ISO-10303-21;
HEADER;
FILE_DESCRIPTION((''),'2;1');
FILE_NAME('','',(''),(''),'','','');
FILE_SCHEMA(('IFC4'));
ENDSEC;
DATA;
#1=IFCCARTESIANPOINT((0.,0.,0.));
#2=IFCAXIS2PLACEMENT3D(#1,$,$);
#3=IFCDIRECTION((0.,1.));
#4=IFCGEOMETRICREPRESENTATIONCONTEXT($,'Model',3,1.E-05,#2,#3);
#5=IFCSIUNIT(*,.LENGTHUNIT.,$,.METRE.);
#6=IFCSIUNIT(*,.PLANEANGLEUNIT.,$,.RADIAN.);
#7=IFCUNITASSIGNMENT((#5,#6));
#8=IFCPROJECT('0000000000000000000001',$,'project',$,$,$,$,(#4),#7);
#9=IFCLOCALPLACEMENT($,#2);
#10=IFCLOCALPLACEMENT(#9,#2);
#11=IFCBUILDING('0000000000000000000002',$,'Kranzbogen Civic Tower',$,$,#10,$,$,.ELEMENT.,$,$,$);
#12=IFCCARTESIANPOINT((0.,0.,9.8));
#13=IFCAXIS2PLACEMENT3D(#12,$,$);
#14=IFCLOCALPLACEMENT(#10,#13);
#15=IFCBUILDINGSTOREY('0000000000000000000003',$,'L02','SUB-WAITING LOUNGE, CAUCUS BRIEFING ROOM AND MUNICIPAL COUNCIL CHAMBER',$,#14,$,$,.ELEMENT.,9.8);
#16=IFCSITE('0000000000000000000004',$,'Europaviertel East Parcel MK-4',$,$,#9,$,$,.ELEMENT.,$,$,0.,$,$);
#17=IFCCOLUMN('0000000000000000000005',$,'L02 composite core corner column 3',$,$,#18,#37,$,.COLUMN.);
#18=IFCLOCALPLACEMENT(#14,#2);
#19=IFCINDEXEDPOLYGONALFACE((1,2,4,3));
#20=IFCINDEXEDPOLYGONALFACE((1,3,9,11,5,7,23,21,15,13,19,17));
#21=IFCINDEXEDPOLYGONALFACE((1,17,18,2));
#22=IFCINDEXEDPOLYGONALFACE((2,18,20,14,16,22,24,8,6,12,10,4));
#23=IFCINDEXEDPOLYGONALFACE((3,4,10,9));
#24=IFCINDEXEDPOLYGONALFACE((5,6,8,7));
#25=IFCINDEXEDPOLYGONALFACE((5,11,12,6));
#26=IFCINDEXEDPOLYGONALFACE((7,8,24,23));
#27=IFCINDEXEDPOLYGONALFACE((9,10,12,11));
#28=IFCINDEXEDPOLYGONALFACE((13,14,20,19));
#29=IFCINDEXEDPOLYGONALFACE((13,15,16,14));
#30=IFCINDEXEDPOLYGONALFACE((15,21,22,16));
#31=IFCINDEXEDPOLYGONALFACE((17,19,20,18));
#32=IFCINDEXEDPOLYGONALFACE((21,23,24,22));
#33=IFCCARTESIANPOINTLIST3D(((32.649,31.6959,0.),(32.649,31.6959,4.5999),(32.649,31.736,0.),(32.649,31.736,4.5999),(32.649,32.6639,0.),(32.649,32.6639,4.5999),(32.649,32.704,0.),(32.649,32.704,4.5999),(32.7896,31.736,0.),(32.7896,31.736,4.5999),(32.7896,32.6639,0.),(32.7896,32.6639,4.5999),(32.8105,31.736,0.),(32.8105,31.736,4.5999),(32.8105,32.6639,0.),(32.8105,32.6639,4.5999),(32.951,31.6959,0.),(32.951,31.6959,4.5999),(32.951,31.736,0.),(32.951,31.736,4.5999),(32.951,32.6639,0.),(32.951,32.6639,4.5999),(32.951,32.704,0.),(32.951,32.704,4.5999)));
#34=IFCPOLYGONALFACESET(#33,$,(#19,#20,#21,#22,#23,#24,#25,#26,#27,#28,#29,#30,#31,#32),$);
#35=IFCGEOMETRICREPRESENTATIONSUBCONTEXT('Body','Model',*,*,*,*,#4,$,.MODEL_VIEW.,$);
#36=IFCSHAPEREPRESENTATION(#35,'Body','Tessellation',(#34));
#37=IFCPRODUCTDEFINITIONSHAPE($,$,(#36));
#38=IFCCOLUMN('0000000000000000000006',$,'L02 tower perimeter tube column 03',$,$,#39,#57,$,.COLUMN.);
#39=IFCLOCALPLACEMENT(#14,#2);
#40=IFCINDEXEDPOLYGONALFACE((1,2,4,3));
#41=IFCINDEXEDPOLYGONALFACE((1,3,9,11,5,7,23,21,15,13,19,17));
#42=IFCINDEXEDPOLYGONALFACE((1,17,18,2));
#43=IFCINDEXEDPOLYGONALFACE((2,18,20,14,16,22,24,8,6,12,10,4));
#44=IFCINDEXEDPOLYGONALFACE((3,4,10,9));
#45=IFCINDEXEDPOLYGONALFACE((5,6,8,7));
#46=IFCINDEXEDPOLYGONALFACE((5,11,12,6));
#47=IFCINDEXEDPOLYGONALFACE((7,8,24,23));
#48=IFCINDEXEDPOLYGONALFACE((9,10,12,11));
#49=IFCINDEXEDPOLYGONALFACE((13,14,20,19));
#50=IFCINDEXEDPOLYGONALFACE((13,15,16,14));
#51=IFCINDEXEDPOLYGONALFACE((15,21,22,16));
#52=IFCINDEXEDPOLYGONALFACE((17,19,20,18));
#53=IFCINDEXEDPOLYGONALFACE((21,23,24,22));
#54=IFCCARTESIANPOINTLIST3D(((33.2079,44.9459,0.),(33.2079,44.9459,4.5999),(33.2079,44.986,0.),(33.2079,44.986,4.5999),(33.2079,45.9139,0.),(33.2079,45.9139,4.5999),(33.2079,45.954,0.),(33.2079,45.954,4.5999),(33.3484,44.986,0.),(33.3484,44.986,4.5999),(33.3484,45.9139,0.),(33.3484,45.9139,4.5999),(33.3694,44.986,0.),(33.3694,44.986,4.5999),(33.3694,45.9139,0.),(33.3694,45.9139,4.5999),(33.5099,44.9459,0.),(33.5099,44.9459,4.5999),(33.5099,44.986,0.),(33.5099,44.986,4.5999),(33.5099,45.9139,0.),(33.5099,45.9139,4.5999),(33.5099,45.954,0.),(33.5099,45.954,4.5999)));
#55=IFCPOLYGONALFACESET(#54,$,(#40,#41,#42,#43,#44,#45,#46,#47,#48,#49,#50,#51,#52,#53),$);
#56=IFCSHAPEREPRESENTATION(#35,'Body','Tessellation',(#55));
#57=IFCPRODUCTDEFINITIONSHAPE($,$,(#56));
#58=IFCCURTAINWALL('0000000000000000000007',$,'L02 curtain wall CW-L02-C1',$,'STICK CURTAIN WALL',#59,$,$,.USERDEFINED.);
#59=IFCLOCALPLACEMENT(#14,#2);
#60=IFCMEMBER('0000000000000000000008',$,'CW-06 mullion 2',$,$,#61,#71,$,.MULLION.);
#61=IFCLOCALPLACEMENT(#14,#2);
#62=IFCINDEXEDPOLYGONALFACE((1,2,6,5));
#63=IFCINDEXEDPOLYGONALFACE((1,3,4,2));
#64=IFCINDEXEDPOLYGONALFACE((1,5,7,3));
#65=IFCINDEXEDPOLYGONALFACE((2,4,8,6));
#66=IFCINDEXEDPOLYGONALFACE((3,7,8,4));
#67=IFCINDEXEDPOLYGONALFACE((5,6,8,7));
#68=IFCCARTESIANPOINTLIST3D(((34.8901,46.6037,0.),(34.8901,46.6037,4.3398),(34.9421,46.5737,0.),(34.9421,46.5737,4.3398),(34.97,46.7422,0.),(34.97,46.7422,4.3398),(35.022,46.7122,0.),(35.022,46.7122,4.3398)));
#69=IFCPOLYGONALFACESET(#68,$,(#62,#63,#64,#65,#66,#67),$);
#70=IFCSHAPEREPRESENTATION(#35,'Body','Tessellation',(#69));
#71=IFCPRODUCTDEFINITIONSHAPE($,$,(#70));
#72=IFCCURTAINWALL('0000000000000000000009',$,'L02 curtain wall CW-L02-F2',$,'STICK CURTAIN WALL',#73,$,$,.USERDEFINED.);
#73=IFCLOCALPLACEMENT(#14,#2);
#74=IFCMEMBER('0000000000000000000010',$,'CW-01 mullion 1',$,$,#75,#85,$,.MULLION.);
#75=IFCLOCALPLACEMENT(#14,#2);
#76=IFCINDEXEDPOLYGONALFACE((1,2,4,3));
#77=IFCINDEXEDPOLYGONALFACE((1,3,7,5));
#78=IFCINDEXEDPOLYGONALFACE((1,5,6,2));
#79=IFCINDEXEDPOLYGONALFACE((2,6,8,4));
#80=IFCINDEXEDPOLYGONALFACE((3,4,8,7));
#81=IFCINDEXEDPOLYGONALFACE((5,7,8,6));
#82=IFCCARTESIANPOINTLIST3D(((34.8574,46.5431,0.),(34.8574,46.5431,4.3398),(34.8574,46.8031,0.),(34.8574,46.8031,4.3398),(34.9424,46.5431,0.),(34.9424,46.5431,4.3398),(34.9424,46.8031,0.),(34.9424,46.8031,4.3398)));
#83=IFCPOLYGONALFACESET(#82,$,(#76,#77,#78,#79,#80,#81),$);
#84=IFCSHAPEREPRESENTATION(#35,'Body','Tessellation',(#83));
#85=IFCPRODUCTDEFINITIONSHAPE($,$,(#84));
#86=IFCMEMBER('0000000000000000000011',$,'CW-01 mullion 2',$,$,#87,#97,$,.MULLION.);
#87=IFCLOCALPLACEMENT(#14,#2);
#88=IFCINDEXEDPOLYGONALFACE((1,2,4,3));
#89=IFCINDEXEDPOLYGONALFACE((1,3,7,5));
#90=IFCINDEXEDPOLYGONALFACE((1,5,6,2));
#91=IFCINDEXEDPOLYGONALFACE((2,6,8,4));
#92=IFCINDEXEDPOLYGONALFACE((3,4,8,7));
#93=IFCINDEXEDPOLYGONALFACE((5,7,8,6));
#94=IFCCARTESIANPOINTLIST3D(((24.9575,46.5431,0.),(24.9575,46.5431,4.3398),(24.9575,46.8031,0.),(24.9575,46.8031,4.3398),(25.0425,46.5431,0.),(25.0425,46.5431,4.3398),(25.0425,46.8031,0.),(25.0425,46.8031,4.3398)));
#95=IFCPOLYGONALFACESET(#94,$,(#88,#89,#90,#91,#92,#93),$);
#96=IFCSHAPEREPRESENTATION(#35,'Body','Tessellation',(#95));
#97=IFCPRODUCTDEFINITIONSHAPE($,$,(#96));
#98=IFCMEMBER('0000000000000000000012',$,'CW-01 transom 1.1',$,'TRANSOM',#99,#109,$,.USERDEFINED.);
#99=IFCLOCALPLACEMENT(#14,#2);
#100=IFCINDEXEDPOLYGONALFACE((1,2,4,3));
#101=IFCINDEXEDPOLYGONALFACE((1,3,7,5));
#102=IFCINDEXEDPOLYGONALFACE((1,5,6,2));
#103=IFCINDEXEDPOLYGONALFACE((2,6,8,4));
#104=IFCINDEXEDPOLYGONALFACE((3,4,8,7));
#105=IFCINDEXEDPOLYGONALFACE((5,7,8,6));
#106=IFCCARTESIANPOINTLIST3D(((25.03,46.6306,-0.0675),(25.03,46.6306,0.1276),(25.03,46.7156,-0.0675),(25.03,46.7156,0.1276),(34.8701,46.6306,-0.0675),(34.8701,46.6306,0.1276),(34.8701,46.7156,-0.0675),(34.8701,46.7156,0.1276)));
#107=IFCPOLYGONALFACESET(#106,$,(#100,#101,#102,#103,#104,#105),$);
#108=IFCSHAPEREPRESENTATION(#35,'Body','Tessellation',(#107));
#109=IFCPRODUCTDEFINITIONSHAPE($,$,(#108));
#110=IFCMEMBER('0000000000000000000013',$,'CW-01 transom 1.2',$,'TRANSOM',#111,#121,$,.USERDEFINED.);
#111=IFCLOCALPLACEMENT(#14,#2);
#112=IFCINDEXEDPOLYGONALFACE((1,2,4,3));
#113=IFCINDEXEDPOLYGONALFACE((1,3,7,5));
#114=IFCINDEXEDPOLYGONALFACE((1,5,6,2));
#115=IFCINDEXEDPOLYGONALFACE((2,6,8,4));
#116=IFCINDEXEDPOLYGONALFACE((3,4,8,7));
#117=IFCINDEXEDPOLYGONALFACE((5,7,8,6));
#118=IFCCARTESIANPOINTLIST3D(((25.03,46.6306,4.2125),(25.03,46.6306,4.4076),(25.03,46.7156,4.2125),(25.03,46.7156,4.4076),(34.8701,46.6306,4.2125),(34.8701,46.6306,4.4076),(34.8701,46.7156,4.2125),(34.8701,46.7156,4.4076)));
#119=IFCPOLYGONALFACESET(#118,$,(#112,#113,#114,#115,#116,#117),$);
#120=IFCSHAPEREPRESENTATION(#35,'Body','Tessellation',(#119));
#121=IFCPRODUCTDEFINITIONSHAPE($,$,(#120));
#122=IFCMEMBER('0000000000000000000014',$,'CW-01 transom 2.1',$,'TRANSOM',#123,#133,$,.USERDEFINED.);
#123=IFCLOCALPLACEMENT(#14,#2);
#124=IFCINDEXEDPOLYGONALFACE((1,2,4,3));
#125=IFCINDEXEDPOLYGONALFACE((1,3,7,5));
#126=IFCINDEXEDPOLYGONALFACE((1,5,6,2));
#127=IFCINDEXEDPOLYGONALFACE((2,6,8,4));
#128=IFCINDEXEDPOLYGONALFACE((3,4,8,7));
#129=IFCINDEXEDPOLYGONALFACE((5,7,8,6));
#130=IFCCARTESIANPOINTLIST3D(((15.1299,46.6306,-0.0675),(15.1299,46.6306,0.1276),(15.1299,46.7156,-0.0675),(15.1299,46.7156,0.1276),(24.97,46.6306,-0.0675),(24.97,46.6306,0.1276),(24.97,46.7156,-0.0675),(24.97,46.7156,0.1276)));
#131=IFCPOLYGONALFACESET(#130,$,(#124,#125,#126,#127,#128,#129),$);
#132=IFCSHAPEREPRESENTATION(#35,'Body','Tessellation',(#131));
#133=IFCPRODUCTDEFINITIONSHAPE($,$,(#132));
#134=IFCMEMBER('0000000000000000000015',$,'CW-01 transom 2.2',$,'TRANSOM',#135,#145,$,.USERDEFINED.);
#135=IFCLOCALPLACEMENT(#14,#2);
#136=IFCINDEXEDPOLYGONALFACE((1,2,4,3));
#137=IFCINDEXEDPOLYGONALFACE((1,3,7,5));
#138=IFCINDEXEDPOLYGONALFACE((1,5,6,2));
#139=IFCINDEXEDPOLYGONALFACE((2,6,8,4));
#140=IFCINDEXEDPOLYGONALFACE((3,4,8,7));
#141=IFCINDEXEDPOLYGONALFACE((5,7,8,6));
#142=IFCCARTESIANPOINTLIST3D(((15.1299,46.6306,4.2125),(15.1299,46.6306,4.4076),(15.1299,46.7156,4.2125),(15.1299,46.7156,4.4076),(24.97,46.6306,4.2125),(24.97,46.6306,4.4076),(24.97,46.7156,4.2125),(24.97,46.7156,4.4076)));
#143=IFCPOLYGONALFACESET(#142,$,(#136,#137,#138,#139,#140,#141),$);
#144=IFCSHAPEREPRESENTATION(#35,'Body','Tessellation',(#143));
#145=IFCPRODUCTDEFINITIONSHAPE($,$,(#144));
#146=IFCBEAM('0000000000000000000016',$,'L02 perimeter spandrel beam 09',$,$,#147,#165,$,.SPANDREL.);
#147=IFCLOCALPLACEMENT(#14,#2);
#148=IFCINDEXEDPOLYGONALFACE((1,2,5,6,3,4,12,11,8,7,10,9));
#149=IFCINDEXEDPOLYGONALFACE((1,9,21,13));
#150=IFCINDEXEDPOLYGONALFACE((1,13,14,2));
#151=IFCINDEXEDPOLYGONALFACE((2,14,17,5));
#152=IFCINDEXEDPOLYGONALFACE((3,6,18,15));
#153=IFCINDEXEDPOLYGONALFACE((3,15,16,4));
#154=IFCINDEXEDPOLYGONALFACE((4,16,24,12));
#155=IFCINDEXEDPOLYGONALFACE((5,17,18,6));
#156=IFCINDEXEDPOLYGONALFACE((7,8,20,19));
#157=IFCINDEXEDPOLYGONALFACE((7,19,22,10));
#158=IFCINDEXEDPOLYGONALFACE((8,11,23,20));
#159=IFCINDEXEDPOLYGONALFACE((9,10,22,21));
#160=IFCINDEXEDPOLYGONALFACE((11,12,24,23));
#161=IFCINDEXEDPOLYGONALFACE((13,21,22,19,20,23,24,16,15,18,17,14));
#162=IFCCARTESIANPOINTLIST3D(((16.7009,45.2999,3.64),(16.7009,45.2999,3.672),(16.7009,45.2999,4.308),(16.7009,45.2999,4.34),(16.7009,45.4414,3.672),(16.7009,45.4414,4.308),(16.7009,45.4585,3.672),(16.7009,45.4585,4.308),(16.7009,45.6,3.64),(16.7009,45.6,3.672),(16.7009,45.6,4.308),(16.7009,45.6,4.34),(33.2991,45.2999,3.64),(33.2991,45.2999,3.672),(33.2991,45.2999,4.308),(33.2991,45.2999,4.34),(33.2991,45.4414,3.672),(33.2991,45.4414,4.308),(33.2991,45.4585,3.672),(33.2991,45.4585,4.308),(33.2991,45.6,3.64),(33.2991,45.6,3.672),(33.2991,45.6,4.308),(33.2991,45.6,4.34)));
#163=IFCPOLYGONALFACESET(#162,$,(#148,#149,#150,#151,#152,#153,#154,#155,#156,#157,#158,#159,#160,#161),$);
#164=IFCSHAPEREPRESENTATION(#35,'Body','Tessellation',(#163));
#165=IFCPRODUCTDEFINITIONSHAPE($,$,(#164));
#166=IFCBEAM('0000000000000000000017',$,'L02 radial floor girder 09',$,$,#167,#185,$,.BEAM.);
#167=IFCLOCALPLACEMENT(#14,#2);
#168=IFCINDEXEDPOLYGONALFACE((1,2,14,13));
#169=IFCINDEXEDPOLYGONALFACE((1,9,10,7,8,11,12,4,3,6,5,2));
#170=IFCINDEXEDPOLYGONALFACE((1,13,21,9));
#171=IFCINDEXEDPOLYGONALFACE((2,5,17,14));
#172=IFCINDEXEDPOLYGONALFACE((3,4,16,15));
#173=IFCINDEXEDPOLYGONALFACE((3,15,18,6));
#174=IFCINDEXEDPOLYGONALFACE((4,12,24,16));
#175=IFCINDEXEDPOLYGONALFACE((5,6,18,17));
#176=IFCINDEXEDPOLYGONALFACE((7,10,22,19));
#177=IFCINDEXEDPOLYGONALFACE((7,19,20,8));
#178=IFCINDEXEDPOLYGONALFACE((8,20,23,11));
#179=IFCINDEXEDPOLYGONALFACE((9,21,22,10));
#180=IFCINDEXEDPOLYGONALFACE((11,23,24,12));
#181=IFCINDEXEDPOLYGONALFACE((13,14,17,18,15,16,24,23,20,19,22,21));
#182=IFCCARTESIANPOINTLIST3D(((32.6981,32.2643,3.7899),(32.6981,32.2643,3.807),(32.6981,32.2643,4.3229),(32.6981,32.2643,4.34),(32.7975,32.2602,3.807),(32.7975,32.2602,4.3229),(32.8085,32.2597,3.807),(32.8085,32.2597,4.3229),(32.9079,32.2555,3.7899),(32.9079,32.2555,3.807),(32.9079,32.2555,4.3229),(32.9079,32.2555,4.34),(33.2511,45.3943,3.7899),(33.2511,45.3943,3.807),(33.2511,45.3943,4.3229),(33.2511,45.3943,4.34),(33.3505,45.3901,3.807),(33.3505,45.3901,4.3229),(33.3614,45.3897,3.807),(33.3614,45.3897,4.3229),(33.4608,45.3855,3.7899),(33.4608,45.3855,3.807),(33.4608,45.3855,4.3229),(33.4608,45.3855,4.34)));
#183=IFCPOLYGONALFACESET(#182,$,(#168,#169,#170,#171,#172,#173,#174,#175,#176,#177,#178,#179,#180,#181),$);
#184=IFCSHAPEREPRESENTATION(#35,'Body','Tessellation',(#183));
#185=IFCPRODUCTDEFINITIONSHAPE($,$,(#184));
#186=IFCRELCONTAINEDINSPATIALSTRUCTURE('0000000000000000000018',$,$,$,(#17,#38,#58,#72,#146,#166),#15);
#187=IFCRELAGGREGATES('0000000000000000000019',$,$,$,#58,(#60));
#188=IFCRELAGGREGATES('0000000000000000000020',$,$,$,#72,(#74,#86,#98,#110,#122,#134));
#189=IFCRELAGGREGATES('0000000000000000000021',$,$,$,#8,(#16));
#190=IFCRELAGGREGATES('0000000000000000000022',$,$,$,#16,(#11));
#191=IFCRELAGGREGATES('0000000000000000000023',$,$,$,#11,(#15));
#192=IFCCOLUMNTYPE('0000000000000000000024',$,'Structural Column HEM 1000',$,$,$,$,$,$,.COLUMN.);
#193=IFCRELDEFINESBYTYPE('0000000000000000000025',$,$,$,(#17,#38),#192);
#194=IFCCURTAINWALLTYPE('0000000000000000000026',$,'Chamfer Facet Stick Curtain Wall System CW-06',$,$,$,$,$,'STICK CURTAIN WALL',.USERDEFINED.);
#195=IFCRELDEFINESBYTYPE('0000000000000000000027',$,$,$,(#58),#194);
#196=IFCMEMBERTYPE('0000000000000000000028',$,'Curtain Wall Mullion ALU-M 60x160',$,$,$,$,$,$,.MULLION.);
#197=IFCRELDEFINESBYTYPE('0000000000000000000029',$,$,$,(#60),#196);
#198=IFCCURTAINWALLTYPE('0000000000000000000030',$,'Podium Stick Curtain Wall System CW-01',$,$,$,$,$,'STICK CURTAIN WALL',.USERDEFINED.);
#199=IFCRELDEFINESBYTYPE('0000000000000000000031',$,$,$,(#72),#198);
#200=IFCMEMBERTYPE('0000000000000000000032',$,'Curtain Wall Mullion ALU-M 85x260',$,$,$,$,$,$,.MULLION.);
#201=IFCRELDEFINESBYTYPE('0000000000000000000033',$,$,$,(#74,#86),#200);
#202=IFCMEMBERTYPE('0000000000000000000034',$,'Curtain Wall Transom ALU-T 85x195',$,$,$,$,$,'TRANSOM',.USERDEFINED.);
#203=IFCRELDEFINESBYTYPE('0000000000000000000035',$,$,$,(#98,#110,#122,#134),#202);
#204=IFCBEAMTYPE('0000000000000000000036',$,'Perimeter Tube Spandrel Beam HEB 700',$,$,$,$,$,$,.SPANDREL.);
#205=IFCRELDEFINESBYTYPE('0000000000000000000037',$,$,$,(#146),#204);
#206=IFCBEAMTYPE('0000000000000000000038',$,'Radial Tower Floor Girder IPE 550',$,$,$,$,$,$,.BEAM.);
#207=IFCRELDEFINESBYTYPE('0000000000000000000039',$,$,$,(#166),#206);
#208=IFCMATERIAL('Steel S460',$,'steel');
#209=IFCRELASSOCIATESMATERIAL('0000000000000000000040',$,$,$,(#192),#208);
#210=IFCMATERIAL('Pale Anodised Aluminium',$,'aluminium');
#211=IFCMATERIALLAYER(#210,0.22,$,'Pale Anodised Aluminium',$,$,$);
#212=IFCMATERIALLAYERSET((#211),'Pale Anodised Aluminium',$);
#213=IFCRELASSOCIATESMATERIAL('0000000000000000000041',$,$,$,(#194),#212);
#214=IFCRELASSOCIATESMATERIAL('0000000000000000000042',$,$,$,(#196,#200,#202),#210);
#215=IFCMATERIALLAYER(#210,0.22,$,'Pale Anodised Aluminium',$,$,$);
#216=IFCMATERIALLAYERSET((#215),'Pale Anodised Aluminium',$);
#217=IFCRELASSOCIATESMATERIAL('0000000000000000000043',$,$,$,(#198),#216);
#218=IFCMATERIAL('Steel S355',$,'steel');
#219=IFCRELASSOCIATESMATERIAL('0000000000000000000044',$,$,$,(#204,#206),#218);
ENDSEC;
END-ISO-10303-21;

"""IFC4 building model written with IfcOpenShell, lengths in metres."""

from ifc_helpers import new_model, si_unit, direction, frame, origin, origin_2d, place, context, subcontext, project, spatial, rectangle, i_section, extrude, material, layer, layer_set, material_profile, profile_set, type_object, element, aggregate, save


model = new_model("IFC4")

# Units and contexts
model_context = context("Model", 3, precision=1e-05, world=origin(), true_north=direction((0.0, 1.0)))
body_context = subcontext(model_context, "Body", "Model", "MODEL_VIEW")
ifc_project = project(units=[si_unit("LENGTHUNIT", "METRE"), si_unit("PLANEANGLEUNIT", "RADIAN")], contexts=[model_context])

# Site, building, storey
site_placement = place(None, origin())
site = spatial("IfcSite", under=ifc_project, at=site_placement, Name="Europaviertel East Parcel MK-4", CompositionType="ELEMENT", RefElevation=0.0)
building_placement = place(site_placement, origin())
building = spatial("IfcBuilding", under=site, at=building_placement, Name="Kranzbogen Civic Tower", CompositionType="ELEMENT")
storey_placement = place(building_placement, frame((0.0, 0.0, 9.8)))
storey = spatial("IfcBuildingStorey", under=building, at=storey_placement, Name="L02", Description="SUB-WAITING LOUNGE, CAUCUS BRIEFING ROOM AND MUNICIPAL COUNCIL CHAMBER", CompositionType="ELEMENT", Elevation=9.8)

# Columns
ifc_material_1 = material(Name="Steel S460", Category="steel")
ifc_material_profile_1 = material_profile(ifc_material_1, i_section(OverallWidth=0.302, OverallDepth=1.0081, WebThickness=0.021, FlangeThickness=0.04, at=origin_2d()), Name="HEM 1000")
ifc_profile_set_1 = profile_set([ifc_material_profile_1], Name="Steel S460")
column_type = type_object("IfcColumnType", Name="Structural Column HEM 1000", PredefinedType="COLUMN", material=ifc_profile_set_1)
for number, where, z_axis, x_axis, name in (
    (1, (32.8, 32.2, 0.0), (0.0, 0.0, 1.0), (1.0, 0.0, 0.0), "L02 composite core corner column 3"),
    (2, (33.3589, 45.45, 0.0), (0.0, 0.0, 1.0), (1.0, 0.0, 0.0), "L02 tower perimeter tube column 03"),
):
    element("IfcColumn", number, at=place(storey_placement, frame(where, z_axis=z_axis, x_axis=x_axis)), inside=storey, type_object=column_type, Name=name, PredefinedType="COLUMN", context=body_context, shape_type="SweptSolid", body=[
        extrude(i_section(OverallWidth=0.302, OverallDepth=1.0081, WebThickness=0.021, FlangeThickness=0.04, at=origin_2d()), origin(), (0.0, 0.0, 1.0), 4.5999),
    ])

# Curtain wall, member
ifc_material_2 = material(Name="Pale Anodised Aluminium", Category="aluminium")
ifc_layer_1 = layer(ifc_material_2, 0.22, Name="Pale Anodised Aluminium")
ifc_layer_set_1 = layer_set([ifc_layer_1], Name="Pale Anodised Aluminium")
curtain_wall_type_1 = type_object("IfcCurtainWallType", Name="Chamfer Facet Stick Curtain Wall System CW-06", ElementType="STICK CURTAIN WALL", PredefinedType="USERDEFINED", material=ifc_layer_set_1)
curtain_wall_1_placement = place(storey_placement, origin())
curtain_wall_1 = element("IfcCurtainWall", 3, at=curtain_wall_1_placement, inside=storey, type_object=curtain_wall_type_1, Name="L02 curtain wall CW-L02-C1", ObjectType="STICK CURTAIN WALL", PredefinedType="USERDEFINED")
ifc_material_profile_2 = material_profile(ifc_material_2, rectangle(XDim=0.0601, YDim=0.1599, at=origin_2d()), Name="ALU-M 60x160")
ifc_profile_set_2 = profile_set([ifc_material_profile_2], Name="Pale Anodised Aluminium")
member_type_1 = type_object("IfcMemberType", Name="Curtain Wall Mullion ALU-M 60x160", PredefinedType="MULLION", material=ifc_profile_set_2)
member_1_placement = place(storey_placement, frame((34.9561, 46.658, 0.0), z_axis=(0.0, 0.0, 1.0), x_axis=(-0.865992, 0.500058, 0.0)))
member_1 = element("IfcMember", 4, at=member_1_placement, type_object=member_type_1, Name="CW-06 mullion 2", PredefinedType="MULLION", context=body_context, shape_type="SweptSolid", body=[
    extrude(rectangle(XDim=0.0601, YDim=0.1599, at=origin_2d()), origin(), (0.0, 0.0, 1.0), 4.3398),
])
aggregate(curtain_wall_1, [member_1])

# Curtain wall, members
ifc_layer_2 = layer(ifc_material_2, 0.22, Name="Pale Anodised Aluminium")
ifc_layer_set_2 = layer_set([ifc_layer_2], Name="Pale Anodised Aluminium")
curtain_wall_type_2 = type_object("IfcCurtainWallType", Name="Podium Stick Curtain Wall System CW-01", ElementType="STICK CURTAIN WALL", PredefinedType="USERDEFINED", material=ifc_layer_set_2)
curtain_wall_2_placement = place(storey_placement, origin())
curtain_wall_2 = element("IfcCurtainWall", 5, at=curtain_wall_2_placement, inside=storey, type_object=curtain_wall_type_2, Name="L02 curtain wall CW-L02-F2", ObjectType="STICK CURTAIN WALL", PredefinedType="USERDEFINED")
ifc_material_profile_3 = material_profile(ifc_material_2, rectangle(XDim=0.085, YDim=0.26, at=origin_2d()), Name="ALU-M 85x260")
ifc_profile_set_3 = profile_set([ifc_material_profile_3], Name="Pale Anodised Aluminium")
member_type_2 = type_object("IfcMemberType", Name="Curtain Wall Mullion ALU-M 85x260", PredefinedType="MULLION", material=ifc_profile_set_3)
member_2_placement = place(storey_placement, frame((34.8999, 46.6731, 0.0), z_axis=(0.0, 0.0, 1.0), x_axis=(-1.0, 0.0, 0.0)))
member_2 = element("IfcMember", 6, at=member_2_placement, type_object=member_type_2, Name="CW-01 mullion 1", PredefinedType="MULLION", context=body_context, shape_type="SweptSolid", body=[
    extrude(rectangle(XDim=0.085, YDim=0.26, at=origin_2d()), origin(), (0.0, 0.0, 1.0), 4.3398),
])
member_3_placement = place(storey_placement, frame((25.0, 46.6731, 0.0), z_axis=(0.0, 0.0, 1.0), x_axis=(-1.0, 0.0, 0.0)))
member_3 = element("IfcMember", 7, at=member_3_placement, type_object=member_type_2, Name="CW-01 mullion 2", PredefinedType="MULLION", context=body_context, shape_type="SweptSolid", body=[
    extrude(rectangle(XDim=0.085, YDim=0.26, at=origin_2d()), origin(), (0.0, 0.0, 1.0), 4.3398),
])
ifc_material_profile_4 = material_profile(ifc_material_2, rectangle(XDim=0.085, YDim=0.1951, at=origin_2d()), Name="ALU-T 85x195")
ifc_profile_set_4 = profile_set([ifc_material_profile_4], Name="Pale Anodised Aluminium")
member_type_3 = type_object("IfcMemberType", Name="Curtain Wall Transom ALU-T 85x195", ElementType="TRANSOM", PredefinedType="USERDEFINED", material=ifc_profile_set_4)
member_4_placement = place(storey_placement, frame((34.8701, 46.6731, 0.03), z_axis=(-1.0, 0.0, 0.0), x_axis=(0.0, -1.0, 0.0)))
member_4 = element("IfcMember", 8, at=member_4_placement, type_object=member_type_3, Name="CW-01 transom 1.1", ObjectType="TRANSOM", PredefinedType="USERDEFINED", context=body_context, shape_type="SweptSolid", body=[
    extrude(rectangle(XDim=0.085, YDim=0.1951, at=origin_2d()), origin(), (0.0, 0.0, 1.0), 9.8401),
])
member_5_placement = place(storey_placement, frame((34.8701, 46.6731, 4.3101), z_axis=(-1.0, 0.0, 0.0), x_axis=(0.0, -1.0, 0.0)))
member_5 = element("IfcMember", 9, at=member_5_placement, type_object=member_type_3, Name="CW-01 transom 1.2", ObjectType="TRANSOM", PredefinedType="USERDEFINED", context=body_context, shape_type="SweptSolid", body=[
    extrude(rectangle(XDim=0.085, YDim=0.1951, at=origin_2d()), origin(), (0.0, 0.0, 1.0), 9.8401),
])
member_6_placement = place(storey_placement, frame((24.97, 46.6731, 0.03), z_axis=(-1.0, 0.0, 0.0), x_axis=(0.0, -1.0, 0.0)))
member_6 = element("IfcMember", 10, at=member_6_placement, type_object=member_type_3, Name="CW-01 transom 2.1", ObjectType="TRANSOM", PredefinedType="USERDEFINED", context=body_context, shape_type="SweptSolid", body=[
    extrude(rectangle(XDim=0.085, YDim=0.1951, at=origin_2d()), origin(), (0.0, 0.0, 1.0), 9.8401),
])
member_7_placement = place(storey_placement, frame((24.97, 46.6731, 4.3101), z_axis=(-1.0, 0.0, 0.0), x_axis=(0.0, -1.0, 0.0)))
member_7 = element("IfcMember", 11, at=member_7_placement, type_object=member_type_3, Name="CW-01 transom 2.2", ObjectType="TRANSOM", PredefinedType="USERDEFINED", context=body_context, shape_type="SweptSolid", body=[
    extrude(rectangle(XDim=0.085, YDim=0.1951, at=origin_2d()), origin(), (0.0, 0.0, 1.0), 9.8401),
])

# Beams
ifc_material_3 = material(Name="Steel S355", Category="steel")
ifc_material_profile_5 = material_profile(ifc_material_3, i_section(OverallWidth=0.3, OverallDepth=0.7, WebThickness=0.0171, FlangeThickness=0.032, at=origin_2d()), Name="HEB 700")
ifc_profile_set_5 = profile_set([ifc_material_profile_5], Name="Steel S355")
beam_type_1 = type_object("IfcBeamType", Name="Perimeter Tube Spandrel Beam HEB 700", PredefinedType="SPANDREL", material=ifc_profile_set_5)
beam_1_placement = place(storey_placement, frame((33.2991, 45.45, 3.99), z_axis=(-1.0, 0.0, 0.0), x_axis=(0.0, -1.0, 0.0)))
element("IfcBeam", 12, at=beam_1_placement, inside=storey, type_object=beam_type_1, Name="L02 perimeter spandrel beam 09", PredefinedType="SPANDREL", context=body_context, shape_type="SweptSolid", body=[
    extrude(i_section(OverallWidth=0.3, OverallDepth=0.7, WebThickness=0.0171, FlangeThickness=0.032, at=origin_2d()), origin(), (0.0, 0.0, 1.0), 16.5981),
])
ifc_material_profile_6 = material_profile(ifc_material_3, i_section(OverallWidth=0.21, OverallDepth=0.55, WebThickness=0.011, FlangeThickness=0.0171, at=origin_2d()), Name="IPE 550")
ifc_profile_set_6 = profile_set([ifc_material_profile_6], Name="Steel S355")
beam_type_2 = type_object("IfcBeamType", Name="Radial Tower Floor Girder IPE 550", PredefinedType="BEAM", material=ifc_profile_set_6)
beam_2_placement = place(storey_placement, frame((33.356, 45.3899, 4.0649), z_axis=(-0.042079, -0.999114, 0.0), x_axis=(0.999114, -0.042079, 0.0)))
element("IfcBeam", 13, at=beam_2_placement, inside=storey, type_object=beam_type_2, Name="L02 radial floor girder 09", PredefinedType="BEAM", context=body_context, shape_type="SweptSolid", body=[
    extrude(i_section(OverallWidth=0.21, OverallDepth=0.55, WebThickness=0.011, FlangeThickness=0.0171, at=origin_2d()), origin(), (0.0, 0.0, 1.0), 13.1416),
])

aggregate(curtain_wall_2, [member_2, member_3, member_4, member_5, member_6, member_7])

save(model, "model.ifc")
